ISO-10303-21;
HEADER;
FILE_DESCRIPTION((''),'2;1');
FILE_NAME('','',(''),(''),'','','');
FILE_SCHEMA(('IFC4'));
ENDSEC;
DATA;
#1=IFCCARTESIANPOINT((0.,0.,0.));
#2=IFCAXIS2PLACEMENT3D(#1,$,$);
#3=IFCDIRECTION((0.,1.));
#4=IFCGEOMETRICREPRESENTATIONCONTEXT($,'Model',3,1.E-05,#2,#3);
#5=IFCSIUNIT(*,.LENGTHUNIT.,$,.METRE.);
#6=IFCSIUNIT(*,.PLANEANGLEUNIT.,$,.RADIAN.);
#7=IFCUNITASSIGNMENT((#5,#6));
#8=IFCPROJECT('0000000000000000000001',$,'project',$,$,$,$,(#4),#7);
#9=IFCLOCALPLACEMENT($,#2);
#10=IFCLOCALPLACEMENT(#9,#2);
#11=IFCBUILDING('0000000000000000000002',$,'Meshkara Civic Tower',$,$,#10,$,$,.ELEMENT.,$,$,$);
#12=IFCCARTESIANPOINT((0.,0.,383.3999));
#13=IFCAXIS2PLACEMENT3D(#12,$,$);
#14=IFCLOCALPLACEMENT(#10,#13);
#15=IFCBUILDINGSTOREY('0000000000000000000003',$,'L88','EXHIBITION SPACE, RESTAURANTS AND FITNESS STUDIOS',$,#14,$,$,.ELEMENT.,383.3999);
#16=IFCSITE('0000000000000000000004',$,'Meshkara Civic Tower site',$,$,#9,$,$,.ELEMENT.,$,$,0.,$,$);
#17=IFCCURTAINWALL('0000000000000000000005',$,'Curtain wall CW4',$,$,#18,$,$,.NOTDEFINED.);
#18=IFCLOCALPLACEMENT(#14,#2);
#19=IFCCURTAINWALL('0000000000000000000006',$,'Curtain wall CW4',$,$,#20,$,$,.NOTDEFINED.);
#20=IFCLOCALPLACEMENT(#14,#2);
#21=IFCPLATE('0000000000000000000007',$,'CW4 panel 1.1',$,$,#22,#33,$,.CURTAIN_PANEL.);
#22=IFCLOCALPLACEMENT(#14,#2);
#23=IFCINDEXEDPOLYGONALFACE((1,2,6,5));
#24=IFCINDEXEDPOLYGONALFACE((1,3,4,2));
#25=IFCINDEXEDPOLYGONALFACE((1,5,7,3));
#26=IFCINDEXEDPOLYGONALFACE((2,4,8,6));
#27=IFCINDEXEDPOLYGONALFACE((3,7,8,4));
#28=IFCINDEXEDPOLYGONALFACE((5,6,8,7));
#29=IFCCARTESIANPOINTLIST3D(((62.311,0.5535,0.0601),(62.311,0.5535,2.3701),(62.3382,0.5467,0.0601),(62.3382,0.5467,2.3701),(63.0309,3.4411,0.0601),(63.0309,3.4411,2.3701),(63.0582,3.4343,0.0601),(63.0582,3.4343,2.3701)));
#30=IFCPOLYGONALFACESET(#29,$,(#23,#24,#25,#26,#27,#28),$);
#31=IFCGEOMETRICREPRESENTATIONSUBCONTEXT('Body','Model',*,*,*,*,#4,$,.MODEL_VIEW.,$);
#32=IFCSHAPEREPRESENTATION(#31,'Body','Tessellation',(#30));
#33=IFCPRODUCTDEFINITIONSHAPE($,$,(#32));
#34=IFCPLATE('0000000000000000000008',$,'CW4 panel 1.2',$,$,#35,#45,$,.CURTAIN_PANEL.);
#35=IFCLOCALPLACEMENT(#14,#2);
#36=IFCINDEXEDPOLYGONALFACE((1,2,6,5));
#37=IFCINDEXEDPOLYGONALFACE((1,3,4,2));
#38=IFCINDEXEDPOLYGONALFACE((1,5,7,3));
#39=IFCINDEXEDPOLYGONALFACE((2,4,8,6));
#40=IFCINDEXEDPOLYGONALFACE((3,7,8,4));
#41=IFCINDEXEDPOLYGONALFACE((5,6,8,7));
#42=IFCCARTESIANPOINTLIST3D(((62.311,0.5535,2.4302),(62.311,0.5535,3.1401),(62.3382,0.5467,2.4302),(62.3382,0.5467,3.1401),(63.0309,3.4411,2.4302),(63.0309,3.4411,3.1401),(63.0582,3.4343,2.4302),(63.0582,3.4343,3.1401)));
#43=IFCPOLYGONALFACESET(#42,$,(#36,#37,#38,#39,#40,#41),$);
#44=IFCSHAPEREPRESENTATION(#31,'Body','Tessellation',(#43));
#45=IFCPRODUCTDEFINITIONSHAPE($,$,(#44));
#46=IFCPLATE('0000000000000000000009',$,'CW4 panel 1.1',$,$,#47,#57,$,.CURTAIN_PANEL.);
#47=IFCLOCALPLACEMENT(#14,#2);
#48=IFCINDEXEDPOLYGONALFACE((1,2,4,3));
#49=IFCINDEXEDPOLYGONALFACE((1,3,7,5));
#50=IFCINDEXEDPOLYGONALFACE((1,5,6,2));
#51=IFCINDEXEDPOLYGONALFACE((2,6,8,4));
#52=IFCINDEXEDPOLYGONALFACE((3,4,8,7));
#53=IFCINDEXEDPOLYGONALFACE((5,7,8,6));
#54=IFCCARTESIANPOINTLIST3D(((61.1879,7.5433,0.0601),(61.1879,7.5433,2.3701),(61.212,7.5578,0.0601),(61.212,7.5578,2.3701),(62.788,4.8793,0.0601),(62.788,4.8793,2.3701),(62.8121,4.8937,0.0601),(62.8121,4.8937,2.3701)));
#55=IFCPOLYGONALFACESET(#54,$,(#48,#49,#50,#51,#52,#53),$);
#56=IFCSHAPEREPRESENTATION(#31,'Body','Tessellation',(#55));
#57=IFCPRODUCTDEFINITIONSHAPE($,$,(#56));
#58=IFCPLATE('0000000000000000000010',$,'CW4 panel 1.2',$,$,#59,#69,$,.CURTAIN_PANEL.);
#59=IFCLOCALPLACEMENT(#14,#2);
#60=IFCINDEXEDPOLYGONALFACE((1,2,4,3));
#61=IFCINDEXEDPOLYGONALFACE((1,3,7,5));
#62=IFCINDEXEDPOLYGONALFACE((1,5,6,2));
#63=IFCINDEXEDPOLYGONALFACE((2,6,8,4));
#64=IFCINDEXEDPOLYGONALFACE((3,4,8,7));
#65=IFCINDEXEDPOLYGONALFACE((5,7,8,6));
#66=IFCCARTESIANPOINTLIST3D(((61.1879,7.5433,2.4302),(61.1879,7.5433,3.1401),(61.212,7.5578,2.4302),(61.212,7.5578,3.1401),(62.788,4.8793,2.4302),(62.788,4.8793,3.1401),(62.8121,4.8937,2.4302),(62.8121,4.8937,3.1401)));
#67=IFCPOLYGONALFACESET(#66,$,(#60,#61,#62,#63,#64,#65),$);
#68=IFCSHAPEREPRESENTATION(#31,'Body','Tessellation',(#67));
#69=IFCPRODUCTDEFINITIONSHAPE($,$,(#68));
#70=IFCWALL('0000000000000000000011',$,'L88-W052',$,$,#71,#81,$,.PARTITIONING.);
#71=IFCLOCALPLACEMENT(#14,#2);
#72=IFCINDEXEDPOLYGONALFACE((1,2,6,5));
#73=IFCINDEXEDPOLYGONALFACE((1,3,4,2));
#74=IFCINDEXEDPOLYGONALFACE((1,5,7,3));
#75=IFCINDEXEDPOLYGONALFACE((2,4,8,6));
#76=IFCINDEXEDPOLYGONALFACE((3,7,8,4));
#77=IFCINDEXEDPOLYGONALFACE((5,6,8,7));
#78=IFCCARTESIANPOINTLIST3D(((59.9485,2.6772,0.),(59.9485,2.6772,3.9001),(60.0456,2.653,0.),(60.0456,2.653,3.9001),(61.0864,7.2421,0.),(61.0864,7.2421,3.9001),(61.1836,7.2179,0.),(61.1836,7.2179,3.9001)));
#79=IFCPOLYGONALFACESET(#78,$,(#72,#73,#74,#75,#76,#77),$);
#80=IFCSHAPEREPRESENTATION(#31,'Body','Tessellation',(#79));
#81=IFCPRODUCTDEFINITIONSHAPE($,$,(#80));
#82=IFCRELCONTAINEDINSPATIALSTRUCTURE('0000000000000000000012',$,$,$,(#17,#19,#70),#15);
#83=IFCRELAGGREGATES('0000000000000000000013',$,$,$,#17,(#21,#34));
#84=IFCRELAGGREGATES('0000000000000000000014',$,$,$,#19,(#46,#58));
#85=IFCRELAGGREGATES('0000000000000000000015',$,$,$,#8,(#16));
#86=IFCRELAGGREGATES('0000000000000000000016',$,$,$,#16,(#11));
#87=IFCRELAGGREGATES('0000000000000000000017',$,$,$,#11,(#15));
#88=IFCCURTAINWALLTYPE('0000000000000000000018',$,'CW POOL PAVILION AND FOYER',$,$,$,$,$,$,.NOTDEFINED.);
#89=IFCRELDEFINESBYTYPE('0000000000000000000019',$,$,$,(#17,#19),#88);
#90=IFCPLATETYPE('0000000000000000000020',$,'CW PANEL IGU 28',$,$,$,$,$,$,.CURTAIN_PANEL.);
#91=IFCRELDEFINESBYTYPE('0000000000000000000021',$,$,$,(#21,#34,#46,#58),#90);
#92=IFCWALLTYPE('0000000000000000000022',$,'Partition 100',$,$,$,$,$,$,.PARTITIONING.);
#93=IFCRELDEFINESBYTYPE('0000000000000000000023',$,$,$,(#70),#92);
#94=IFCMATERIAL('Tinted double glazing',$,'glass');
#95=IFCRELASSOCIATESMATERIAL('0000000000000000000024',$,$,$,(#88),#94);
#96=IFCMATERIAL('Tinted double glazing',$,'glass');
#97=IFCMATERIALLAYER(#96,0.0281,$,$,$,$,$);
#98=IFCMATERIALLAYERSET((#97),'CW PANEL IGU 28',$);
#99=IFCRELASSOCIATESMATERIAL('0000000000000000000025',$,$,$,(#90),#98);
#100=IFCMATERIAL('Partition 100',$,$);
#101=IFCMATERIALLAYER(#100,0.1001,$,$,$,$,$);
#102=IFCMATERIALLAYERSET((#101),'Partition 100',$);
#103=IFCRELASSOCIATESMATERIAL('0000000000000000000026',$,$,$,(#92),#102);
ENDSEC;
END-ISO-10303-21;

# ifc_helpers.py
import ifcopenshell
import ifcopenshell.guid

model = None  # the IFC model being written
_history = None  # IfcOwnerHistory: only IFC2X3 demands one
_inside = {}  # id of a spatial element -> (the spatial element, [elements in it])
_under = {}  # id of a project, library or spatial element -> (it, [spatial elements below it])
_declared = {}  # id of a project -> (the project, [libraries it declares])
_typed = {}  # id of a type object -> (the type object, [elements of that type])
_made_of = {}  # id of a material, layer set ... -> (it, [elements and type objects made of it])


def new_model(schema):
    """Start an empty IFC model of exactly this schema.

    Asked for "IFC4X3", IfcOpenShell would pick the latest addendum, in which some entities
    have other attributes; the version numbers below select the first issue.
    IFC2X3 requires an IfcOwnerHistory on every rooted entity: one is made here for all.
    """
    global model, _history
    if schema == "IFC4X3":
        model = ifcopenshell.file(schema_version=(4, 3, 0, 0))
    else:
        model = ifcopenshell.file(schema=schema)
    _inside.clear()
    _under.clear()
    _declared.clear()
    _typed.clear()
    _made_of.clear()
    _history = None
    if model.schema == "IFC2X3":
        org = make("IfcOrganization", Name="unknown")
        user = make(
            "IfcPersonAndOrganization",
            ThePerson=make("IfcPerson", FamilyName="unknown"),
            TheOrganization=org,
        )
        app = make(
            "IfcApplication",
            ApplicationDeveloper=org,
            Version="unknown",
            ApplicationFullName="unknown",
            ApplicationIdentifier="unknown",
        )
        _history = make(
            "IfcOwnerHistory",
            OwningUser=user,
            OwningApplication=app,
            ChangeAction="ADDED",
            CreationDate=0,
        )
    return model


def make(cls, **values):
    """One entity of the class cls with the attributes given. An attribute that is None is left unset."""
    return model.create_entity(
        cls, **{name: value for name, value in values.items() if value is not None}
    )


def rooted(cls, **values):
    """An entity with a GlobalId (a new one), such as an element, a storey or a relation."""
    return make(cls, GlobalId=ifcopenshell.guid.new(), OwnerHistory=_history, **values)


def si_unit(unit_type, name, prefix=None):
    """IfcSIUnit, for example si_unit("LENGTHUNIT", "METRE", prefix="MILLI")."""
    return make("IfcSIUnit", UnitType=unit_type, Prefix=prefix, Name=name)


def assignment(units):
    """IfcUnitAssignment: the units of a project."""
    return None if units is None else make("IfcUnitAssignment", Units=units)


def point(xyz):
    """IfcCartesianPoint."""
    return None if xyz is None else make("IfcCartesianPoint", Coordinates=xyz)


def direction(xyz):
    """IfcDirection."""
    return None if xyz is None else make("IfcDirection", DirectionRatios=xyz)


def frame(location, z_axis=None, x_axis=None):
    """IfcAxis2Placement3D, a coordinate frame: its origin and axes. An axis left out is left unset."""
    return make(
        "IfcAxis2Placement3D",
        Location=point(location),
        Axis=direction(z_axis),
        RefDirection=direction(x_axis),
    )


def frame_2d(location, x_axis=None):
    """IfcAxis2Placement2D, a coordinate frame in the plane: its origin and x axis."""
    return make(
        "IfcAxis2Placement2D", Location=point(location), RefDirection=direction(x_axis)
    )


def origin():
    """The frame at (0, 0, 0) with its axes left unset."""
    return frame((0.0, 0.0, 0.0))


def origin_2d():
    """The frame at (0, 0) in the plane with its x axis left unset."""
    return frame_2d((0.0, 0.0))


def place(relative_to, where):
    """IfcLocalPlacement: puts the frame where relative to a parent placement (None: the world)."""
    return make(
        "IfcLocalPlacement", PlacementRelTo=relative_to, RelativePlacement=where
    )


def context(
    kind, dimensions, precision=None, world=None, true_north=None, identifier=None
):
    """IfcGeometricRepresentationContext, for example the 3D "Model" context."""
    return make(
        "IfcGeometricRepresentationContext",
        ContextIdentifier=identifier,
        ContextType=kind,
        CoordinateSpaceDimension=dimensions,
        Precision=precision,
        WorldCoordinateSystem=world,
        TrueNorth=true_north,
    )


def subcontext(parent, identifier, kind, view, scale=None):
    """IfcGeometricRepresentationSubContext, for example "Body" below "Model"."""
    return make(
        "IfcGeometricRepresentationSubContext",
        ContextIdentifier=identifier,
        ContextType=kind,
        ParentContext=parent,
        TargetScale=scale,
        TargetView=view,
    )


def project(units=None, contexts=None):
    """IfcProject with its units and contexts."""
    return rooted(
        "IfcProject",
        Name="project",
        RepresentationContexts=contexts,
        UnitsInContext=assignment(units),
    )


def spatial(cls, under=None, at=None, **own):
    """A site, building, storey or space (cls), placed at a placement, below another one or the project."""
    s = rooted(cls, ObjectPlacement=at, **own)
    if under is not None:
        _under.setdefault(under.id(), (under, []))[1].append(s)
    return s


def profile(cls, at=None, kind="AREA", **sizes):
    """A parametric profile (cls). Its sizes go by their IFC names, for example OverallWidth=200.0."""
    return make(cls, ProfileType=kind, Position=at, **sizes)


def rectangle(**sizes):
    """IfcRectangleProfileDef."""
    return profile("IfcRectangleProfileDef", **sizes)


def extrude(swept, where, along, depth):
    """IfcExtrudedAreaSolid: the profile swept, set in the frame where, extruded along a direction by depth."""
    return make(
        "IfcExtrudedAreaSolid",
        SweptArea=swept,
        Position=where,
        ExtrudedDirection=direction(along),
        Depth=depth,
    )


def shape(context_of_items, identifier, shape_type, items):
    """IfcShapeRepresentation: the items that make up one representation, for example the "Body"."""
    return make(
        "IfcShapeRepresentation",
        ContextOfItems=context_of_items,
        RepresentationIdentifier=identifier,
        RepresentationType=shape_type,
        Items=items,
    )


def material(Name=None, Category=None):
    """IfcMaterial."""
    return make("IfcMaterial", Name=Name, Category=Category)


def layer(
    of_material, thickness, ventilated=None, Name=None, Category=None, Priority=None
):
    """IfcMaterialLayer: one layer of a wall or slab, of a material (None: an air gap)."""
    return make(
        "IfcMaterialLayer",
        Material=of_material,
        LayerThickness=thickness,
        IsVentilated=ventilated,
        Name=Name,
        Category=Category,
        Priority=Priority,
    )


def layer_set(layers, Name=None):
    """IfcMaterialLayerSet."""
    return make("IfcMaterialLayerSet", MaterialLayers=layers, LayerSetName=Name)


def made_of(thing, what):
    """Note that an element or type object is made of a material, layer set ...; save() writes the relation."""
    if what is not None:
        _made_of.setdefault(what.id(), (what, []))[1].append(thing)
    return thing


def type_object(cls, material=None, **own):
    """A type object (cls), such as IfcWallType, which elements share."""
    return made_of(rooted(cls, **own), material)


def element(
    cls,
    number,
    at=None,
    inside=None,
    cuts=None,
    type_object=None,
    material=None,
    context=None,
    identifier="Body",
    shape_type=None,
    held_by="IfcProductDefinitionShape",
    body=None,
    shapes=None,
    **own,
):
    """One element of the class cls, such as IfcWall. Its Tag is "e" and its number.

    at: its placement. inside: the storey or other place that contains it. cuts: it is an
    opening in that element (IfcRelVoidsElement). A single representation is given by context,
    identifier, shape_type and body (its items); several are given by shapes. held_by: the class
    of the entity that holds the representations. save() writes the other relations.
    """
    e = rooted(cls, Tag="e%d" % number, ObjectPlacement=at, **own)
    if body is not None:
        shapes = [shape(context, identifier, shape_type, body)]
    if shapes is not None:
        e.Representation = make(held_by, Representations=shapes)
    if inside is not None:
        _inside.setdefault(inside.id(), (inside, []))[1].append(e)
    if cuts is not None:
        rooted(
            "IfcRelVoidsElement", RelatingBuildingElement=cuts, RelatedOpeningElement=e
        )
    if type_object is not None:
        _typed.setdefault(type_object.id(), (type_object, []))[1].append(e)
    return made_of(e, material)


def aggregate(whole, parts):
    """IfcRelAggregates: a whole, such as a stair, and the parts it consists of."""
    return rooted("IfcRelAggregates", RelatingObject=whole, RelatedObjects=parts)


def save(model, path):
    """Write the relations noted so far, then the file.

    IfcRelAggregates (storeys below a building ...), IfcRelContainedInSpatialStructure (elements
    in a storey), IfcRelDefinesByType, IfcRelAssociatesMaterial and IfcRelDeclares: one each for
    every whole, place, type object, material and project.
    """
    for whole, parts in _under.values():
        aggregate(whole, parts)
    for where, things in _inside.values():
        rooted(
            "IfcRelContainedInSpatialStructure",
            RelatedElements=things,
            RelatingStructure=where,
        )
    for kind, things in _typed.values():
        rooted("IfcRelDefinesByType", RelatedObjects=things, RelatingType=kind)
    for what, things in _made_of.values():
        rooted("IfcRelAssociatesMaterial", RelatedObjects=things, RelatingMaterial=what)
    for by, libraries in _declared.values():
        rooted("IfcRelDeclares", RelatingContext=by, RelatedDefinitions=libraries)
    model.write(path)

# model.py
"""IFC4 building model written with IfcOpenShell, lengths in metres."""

from ifc_helpers import new_model, si_unit, direction, frame, frame_2d, origin, origin_2d, place, context, subcontext, project, spatial, rectangle, extrude, material, layer, layer_set, type_object, element, aggregate, save


model = new_model("IFC4")

# Units and contexts
model_context = context("Model", 3, precision=1e-05, world=origin(), true_north=direction((0.0, 1.0)))
body_context = subcontext(model_context, "Body", "Model", "MODEL_VIEW")
ifc_project = project(units=[si_unit("LENGTHUNIT", "METRE"), si_unit("PLANEANGLEUNIT", "RADIAN")], contexts=[model_context])

# Site, building, storey
site_placement = place(None, origin())
site = spatial("IfcSite", under=ifc_project, at=site_placement, Name="Meshkara Civic Tower site", CompositionType="ELEMENT", RefElevation=0.0)
building_placement = place(site_placement, origin())
building = spatial("IfcBuilding", under=site, at=building_placement, Name="Meshkara Civic Tower", CompositionType="ELEMENT")
storey_placement = place(building_placement, frame((0.0, 0.0, 383.3999)))
storey = spatial("IfcBuildingStorey", under=building, at=storey_placement, Name="L88", Description="EXHIBITION SPACE, RESTAURANTS AND FITNESS STUDIOS", CompositionType="ELEMENT", Elevation=383.3999)

# Curtain walls
ifc_material_1 = material(Name="Tinted double glazing", Category="glass")
curtain_wall_type = type_object("IfcCurtainWallType", Name="CW POOL PAVILION AND FOYER", PredefinedType="NOTDEFINED", material=ifc_material_1)
curtain_wall_1_placement = place(storey_placement, origin())
curtain_wall_1 = element("IfcCurtainWall", 1, at=curtain_wall_1_placement, inside=storey, type_object=curtain_wall_type, Name="Curtain wall CW4", PredefinedType="NOTDEFINED")
curtain_wall_2_placement = place(storey_placement, origin())
curtain_wall_2 = element("IfcCurtainWall", 2, at=curtain_wall_2_placement, inside=storey, type_object=curtain_wall_type, Name="Curtain wall CW4", PredefinedType="NOTDEFINED")

# Plates
ifc_material_2 = material(Name="Tinted double glazing", Category="glass")
ifc_layer_1 = layer(ifc_material_2, 0.0281)
ifc_layer_set_1 = layer_set([ifc_layer_1], Name="CW PANEL IGU 28")
plate_type = type_object("IfcPlateType", Name="CW PANEL IGU 28", PredefinedType="CURTAIN_PANEL", material=ifc_layer_set_1)
plate_1_placement = place(storey_placement, frame((62.6846, 1.9939, 0.0601), z_axis=(0.0, 0.0, 1.0), x_axis=(0.241928, 0.970294, 0.0)))
plate_1 = element("IfcPlate", 3, at=plate_1_placement, type_object=plate_type, Name="CW4 panel 1.1", PredefinedType="CURTAIN_PANEL", context=body_context, shape_type="SweptSolid", body=[
    extrude(rectangle(XDim=2.9761, YDim=0.0281, at=origin_2d()), origin(), (0.0, 0.0, 1.0), 2.3101),
])
plate_2_placement = place(storey_placement, frame((62.6846, 1.9939, 2.4302), z_axis=(0.0, 0.0, 1.0), x_axis=(0.241928, 0.970294, 0.0)))
plate_2 = element("IfcPlate", 4, at=plate_2_placement, type_object=plate_type, Name="CW4 panel 1.2", PredefinedType="CURTAIN_PANEL", context=body_context, shape_type="SweptSolid", body=[
    extrude(rectangle(XDim=2.9761, YDim=0.0281, at=origin_2d()), origin(), (0.0, 0.0, 1.0), 0.71),
])
aggregate(curtain_wall_1, [plate_1, plate_2])
plate_3_placement = place(storey_placement, frame((62.0, 6.2185, 0.0601), z_axis=(0.0, 0.0, 1.0), x_axis=(-0.514906, 0.857247, 0.0)))
plate_3 = element("IfcPlate", 5, at=plate_3_placement, type_object=plate_type, Name="CW4 panel 1.1", PredefinedType="CURTAIN_PANEL", context=body_context, shape_type="SweptSolid", body=[
    extrude(rectangle(XDim=3.1077, YDim=0.0281, at=origin_2d()), origin(), (0.0, 0.0, 1.0), 2.3101),
])
plate_4_placement = place(storey_placement, frame((62.0, 6.2185, 2.4302), z_axis=(0.0, 0.0, 1.0), x_axis=(-0.514906, 0.857247, 0.0)))
plate_4 = element("IfcPlate", 6, at=plate_4_placement, type_object=plate_type, Name="CW4 panel 1.2", PredefinedType="CURTAIN_PANEL", context=body_context, shape_type="SweptSolid", body=[
    extrude(rectangle(XDim=3.1077, YDim=0.0281, at=origin_2d()), origin(), (0.0, 0.0, 1.0), 0.71),
])
aggregate(curtain_wall_2, [plate_3, plate_4])

# Wall
ifc_material_3 = material(Name="Partition 100")
ifc_layer_2 = layer(ifc_material_3, 0.1001)
ifc_layer_set_2 = layer_set([ifc_layer_2], Name="Partition 100")
wall_type = type_object("IfcWallType", Name="Partition 100", PredefinedType="PARTITIONING", material=ifc_layer_set_2)
wall_placement = place(storey_placement, frame((61.135, 7.23, 0.0), z_axis=(0.0, 0.0, 1.0), x_axis=(-0.241876, -0.970307, 0.0)))
element("IfcWall", 7, at=wall_placement, inside=storey, type_object=wall_type, Name="L88-W052", PredefinedType="PARTITIONING", context=body_context, shape_type="SweptSolid", body=[
    extrude(rectangle(XDim=4.7046, YDim=0.1001, at=frame_2d((2.3523, 0.0))), origin(), (0.0, 0.0, 1.0), 3.9001),
])

save(model, "model.ifc")
